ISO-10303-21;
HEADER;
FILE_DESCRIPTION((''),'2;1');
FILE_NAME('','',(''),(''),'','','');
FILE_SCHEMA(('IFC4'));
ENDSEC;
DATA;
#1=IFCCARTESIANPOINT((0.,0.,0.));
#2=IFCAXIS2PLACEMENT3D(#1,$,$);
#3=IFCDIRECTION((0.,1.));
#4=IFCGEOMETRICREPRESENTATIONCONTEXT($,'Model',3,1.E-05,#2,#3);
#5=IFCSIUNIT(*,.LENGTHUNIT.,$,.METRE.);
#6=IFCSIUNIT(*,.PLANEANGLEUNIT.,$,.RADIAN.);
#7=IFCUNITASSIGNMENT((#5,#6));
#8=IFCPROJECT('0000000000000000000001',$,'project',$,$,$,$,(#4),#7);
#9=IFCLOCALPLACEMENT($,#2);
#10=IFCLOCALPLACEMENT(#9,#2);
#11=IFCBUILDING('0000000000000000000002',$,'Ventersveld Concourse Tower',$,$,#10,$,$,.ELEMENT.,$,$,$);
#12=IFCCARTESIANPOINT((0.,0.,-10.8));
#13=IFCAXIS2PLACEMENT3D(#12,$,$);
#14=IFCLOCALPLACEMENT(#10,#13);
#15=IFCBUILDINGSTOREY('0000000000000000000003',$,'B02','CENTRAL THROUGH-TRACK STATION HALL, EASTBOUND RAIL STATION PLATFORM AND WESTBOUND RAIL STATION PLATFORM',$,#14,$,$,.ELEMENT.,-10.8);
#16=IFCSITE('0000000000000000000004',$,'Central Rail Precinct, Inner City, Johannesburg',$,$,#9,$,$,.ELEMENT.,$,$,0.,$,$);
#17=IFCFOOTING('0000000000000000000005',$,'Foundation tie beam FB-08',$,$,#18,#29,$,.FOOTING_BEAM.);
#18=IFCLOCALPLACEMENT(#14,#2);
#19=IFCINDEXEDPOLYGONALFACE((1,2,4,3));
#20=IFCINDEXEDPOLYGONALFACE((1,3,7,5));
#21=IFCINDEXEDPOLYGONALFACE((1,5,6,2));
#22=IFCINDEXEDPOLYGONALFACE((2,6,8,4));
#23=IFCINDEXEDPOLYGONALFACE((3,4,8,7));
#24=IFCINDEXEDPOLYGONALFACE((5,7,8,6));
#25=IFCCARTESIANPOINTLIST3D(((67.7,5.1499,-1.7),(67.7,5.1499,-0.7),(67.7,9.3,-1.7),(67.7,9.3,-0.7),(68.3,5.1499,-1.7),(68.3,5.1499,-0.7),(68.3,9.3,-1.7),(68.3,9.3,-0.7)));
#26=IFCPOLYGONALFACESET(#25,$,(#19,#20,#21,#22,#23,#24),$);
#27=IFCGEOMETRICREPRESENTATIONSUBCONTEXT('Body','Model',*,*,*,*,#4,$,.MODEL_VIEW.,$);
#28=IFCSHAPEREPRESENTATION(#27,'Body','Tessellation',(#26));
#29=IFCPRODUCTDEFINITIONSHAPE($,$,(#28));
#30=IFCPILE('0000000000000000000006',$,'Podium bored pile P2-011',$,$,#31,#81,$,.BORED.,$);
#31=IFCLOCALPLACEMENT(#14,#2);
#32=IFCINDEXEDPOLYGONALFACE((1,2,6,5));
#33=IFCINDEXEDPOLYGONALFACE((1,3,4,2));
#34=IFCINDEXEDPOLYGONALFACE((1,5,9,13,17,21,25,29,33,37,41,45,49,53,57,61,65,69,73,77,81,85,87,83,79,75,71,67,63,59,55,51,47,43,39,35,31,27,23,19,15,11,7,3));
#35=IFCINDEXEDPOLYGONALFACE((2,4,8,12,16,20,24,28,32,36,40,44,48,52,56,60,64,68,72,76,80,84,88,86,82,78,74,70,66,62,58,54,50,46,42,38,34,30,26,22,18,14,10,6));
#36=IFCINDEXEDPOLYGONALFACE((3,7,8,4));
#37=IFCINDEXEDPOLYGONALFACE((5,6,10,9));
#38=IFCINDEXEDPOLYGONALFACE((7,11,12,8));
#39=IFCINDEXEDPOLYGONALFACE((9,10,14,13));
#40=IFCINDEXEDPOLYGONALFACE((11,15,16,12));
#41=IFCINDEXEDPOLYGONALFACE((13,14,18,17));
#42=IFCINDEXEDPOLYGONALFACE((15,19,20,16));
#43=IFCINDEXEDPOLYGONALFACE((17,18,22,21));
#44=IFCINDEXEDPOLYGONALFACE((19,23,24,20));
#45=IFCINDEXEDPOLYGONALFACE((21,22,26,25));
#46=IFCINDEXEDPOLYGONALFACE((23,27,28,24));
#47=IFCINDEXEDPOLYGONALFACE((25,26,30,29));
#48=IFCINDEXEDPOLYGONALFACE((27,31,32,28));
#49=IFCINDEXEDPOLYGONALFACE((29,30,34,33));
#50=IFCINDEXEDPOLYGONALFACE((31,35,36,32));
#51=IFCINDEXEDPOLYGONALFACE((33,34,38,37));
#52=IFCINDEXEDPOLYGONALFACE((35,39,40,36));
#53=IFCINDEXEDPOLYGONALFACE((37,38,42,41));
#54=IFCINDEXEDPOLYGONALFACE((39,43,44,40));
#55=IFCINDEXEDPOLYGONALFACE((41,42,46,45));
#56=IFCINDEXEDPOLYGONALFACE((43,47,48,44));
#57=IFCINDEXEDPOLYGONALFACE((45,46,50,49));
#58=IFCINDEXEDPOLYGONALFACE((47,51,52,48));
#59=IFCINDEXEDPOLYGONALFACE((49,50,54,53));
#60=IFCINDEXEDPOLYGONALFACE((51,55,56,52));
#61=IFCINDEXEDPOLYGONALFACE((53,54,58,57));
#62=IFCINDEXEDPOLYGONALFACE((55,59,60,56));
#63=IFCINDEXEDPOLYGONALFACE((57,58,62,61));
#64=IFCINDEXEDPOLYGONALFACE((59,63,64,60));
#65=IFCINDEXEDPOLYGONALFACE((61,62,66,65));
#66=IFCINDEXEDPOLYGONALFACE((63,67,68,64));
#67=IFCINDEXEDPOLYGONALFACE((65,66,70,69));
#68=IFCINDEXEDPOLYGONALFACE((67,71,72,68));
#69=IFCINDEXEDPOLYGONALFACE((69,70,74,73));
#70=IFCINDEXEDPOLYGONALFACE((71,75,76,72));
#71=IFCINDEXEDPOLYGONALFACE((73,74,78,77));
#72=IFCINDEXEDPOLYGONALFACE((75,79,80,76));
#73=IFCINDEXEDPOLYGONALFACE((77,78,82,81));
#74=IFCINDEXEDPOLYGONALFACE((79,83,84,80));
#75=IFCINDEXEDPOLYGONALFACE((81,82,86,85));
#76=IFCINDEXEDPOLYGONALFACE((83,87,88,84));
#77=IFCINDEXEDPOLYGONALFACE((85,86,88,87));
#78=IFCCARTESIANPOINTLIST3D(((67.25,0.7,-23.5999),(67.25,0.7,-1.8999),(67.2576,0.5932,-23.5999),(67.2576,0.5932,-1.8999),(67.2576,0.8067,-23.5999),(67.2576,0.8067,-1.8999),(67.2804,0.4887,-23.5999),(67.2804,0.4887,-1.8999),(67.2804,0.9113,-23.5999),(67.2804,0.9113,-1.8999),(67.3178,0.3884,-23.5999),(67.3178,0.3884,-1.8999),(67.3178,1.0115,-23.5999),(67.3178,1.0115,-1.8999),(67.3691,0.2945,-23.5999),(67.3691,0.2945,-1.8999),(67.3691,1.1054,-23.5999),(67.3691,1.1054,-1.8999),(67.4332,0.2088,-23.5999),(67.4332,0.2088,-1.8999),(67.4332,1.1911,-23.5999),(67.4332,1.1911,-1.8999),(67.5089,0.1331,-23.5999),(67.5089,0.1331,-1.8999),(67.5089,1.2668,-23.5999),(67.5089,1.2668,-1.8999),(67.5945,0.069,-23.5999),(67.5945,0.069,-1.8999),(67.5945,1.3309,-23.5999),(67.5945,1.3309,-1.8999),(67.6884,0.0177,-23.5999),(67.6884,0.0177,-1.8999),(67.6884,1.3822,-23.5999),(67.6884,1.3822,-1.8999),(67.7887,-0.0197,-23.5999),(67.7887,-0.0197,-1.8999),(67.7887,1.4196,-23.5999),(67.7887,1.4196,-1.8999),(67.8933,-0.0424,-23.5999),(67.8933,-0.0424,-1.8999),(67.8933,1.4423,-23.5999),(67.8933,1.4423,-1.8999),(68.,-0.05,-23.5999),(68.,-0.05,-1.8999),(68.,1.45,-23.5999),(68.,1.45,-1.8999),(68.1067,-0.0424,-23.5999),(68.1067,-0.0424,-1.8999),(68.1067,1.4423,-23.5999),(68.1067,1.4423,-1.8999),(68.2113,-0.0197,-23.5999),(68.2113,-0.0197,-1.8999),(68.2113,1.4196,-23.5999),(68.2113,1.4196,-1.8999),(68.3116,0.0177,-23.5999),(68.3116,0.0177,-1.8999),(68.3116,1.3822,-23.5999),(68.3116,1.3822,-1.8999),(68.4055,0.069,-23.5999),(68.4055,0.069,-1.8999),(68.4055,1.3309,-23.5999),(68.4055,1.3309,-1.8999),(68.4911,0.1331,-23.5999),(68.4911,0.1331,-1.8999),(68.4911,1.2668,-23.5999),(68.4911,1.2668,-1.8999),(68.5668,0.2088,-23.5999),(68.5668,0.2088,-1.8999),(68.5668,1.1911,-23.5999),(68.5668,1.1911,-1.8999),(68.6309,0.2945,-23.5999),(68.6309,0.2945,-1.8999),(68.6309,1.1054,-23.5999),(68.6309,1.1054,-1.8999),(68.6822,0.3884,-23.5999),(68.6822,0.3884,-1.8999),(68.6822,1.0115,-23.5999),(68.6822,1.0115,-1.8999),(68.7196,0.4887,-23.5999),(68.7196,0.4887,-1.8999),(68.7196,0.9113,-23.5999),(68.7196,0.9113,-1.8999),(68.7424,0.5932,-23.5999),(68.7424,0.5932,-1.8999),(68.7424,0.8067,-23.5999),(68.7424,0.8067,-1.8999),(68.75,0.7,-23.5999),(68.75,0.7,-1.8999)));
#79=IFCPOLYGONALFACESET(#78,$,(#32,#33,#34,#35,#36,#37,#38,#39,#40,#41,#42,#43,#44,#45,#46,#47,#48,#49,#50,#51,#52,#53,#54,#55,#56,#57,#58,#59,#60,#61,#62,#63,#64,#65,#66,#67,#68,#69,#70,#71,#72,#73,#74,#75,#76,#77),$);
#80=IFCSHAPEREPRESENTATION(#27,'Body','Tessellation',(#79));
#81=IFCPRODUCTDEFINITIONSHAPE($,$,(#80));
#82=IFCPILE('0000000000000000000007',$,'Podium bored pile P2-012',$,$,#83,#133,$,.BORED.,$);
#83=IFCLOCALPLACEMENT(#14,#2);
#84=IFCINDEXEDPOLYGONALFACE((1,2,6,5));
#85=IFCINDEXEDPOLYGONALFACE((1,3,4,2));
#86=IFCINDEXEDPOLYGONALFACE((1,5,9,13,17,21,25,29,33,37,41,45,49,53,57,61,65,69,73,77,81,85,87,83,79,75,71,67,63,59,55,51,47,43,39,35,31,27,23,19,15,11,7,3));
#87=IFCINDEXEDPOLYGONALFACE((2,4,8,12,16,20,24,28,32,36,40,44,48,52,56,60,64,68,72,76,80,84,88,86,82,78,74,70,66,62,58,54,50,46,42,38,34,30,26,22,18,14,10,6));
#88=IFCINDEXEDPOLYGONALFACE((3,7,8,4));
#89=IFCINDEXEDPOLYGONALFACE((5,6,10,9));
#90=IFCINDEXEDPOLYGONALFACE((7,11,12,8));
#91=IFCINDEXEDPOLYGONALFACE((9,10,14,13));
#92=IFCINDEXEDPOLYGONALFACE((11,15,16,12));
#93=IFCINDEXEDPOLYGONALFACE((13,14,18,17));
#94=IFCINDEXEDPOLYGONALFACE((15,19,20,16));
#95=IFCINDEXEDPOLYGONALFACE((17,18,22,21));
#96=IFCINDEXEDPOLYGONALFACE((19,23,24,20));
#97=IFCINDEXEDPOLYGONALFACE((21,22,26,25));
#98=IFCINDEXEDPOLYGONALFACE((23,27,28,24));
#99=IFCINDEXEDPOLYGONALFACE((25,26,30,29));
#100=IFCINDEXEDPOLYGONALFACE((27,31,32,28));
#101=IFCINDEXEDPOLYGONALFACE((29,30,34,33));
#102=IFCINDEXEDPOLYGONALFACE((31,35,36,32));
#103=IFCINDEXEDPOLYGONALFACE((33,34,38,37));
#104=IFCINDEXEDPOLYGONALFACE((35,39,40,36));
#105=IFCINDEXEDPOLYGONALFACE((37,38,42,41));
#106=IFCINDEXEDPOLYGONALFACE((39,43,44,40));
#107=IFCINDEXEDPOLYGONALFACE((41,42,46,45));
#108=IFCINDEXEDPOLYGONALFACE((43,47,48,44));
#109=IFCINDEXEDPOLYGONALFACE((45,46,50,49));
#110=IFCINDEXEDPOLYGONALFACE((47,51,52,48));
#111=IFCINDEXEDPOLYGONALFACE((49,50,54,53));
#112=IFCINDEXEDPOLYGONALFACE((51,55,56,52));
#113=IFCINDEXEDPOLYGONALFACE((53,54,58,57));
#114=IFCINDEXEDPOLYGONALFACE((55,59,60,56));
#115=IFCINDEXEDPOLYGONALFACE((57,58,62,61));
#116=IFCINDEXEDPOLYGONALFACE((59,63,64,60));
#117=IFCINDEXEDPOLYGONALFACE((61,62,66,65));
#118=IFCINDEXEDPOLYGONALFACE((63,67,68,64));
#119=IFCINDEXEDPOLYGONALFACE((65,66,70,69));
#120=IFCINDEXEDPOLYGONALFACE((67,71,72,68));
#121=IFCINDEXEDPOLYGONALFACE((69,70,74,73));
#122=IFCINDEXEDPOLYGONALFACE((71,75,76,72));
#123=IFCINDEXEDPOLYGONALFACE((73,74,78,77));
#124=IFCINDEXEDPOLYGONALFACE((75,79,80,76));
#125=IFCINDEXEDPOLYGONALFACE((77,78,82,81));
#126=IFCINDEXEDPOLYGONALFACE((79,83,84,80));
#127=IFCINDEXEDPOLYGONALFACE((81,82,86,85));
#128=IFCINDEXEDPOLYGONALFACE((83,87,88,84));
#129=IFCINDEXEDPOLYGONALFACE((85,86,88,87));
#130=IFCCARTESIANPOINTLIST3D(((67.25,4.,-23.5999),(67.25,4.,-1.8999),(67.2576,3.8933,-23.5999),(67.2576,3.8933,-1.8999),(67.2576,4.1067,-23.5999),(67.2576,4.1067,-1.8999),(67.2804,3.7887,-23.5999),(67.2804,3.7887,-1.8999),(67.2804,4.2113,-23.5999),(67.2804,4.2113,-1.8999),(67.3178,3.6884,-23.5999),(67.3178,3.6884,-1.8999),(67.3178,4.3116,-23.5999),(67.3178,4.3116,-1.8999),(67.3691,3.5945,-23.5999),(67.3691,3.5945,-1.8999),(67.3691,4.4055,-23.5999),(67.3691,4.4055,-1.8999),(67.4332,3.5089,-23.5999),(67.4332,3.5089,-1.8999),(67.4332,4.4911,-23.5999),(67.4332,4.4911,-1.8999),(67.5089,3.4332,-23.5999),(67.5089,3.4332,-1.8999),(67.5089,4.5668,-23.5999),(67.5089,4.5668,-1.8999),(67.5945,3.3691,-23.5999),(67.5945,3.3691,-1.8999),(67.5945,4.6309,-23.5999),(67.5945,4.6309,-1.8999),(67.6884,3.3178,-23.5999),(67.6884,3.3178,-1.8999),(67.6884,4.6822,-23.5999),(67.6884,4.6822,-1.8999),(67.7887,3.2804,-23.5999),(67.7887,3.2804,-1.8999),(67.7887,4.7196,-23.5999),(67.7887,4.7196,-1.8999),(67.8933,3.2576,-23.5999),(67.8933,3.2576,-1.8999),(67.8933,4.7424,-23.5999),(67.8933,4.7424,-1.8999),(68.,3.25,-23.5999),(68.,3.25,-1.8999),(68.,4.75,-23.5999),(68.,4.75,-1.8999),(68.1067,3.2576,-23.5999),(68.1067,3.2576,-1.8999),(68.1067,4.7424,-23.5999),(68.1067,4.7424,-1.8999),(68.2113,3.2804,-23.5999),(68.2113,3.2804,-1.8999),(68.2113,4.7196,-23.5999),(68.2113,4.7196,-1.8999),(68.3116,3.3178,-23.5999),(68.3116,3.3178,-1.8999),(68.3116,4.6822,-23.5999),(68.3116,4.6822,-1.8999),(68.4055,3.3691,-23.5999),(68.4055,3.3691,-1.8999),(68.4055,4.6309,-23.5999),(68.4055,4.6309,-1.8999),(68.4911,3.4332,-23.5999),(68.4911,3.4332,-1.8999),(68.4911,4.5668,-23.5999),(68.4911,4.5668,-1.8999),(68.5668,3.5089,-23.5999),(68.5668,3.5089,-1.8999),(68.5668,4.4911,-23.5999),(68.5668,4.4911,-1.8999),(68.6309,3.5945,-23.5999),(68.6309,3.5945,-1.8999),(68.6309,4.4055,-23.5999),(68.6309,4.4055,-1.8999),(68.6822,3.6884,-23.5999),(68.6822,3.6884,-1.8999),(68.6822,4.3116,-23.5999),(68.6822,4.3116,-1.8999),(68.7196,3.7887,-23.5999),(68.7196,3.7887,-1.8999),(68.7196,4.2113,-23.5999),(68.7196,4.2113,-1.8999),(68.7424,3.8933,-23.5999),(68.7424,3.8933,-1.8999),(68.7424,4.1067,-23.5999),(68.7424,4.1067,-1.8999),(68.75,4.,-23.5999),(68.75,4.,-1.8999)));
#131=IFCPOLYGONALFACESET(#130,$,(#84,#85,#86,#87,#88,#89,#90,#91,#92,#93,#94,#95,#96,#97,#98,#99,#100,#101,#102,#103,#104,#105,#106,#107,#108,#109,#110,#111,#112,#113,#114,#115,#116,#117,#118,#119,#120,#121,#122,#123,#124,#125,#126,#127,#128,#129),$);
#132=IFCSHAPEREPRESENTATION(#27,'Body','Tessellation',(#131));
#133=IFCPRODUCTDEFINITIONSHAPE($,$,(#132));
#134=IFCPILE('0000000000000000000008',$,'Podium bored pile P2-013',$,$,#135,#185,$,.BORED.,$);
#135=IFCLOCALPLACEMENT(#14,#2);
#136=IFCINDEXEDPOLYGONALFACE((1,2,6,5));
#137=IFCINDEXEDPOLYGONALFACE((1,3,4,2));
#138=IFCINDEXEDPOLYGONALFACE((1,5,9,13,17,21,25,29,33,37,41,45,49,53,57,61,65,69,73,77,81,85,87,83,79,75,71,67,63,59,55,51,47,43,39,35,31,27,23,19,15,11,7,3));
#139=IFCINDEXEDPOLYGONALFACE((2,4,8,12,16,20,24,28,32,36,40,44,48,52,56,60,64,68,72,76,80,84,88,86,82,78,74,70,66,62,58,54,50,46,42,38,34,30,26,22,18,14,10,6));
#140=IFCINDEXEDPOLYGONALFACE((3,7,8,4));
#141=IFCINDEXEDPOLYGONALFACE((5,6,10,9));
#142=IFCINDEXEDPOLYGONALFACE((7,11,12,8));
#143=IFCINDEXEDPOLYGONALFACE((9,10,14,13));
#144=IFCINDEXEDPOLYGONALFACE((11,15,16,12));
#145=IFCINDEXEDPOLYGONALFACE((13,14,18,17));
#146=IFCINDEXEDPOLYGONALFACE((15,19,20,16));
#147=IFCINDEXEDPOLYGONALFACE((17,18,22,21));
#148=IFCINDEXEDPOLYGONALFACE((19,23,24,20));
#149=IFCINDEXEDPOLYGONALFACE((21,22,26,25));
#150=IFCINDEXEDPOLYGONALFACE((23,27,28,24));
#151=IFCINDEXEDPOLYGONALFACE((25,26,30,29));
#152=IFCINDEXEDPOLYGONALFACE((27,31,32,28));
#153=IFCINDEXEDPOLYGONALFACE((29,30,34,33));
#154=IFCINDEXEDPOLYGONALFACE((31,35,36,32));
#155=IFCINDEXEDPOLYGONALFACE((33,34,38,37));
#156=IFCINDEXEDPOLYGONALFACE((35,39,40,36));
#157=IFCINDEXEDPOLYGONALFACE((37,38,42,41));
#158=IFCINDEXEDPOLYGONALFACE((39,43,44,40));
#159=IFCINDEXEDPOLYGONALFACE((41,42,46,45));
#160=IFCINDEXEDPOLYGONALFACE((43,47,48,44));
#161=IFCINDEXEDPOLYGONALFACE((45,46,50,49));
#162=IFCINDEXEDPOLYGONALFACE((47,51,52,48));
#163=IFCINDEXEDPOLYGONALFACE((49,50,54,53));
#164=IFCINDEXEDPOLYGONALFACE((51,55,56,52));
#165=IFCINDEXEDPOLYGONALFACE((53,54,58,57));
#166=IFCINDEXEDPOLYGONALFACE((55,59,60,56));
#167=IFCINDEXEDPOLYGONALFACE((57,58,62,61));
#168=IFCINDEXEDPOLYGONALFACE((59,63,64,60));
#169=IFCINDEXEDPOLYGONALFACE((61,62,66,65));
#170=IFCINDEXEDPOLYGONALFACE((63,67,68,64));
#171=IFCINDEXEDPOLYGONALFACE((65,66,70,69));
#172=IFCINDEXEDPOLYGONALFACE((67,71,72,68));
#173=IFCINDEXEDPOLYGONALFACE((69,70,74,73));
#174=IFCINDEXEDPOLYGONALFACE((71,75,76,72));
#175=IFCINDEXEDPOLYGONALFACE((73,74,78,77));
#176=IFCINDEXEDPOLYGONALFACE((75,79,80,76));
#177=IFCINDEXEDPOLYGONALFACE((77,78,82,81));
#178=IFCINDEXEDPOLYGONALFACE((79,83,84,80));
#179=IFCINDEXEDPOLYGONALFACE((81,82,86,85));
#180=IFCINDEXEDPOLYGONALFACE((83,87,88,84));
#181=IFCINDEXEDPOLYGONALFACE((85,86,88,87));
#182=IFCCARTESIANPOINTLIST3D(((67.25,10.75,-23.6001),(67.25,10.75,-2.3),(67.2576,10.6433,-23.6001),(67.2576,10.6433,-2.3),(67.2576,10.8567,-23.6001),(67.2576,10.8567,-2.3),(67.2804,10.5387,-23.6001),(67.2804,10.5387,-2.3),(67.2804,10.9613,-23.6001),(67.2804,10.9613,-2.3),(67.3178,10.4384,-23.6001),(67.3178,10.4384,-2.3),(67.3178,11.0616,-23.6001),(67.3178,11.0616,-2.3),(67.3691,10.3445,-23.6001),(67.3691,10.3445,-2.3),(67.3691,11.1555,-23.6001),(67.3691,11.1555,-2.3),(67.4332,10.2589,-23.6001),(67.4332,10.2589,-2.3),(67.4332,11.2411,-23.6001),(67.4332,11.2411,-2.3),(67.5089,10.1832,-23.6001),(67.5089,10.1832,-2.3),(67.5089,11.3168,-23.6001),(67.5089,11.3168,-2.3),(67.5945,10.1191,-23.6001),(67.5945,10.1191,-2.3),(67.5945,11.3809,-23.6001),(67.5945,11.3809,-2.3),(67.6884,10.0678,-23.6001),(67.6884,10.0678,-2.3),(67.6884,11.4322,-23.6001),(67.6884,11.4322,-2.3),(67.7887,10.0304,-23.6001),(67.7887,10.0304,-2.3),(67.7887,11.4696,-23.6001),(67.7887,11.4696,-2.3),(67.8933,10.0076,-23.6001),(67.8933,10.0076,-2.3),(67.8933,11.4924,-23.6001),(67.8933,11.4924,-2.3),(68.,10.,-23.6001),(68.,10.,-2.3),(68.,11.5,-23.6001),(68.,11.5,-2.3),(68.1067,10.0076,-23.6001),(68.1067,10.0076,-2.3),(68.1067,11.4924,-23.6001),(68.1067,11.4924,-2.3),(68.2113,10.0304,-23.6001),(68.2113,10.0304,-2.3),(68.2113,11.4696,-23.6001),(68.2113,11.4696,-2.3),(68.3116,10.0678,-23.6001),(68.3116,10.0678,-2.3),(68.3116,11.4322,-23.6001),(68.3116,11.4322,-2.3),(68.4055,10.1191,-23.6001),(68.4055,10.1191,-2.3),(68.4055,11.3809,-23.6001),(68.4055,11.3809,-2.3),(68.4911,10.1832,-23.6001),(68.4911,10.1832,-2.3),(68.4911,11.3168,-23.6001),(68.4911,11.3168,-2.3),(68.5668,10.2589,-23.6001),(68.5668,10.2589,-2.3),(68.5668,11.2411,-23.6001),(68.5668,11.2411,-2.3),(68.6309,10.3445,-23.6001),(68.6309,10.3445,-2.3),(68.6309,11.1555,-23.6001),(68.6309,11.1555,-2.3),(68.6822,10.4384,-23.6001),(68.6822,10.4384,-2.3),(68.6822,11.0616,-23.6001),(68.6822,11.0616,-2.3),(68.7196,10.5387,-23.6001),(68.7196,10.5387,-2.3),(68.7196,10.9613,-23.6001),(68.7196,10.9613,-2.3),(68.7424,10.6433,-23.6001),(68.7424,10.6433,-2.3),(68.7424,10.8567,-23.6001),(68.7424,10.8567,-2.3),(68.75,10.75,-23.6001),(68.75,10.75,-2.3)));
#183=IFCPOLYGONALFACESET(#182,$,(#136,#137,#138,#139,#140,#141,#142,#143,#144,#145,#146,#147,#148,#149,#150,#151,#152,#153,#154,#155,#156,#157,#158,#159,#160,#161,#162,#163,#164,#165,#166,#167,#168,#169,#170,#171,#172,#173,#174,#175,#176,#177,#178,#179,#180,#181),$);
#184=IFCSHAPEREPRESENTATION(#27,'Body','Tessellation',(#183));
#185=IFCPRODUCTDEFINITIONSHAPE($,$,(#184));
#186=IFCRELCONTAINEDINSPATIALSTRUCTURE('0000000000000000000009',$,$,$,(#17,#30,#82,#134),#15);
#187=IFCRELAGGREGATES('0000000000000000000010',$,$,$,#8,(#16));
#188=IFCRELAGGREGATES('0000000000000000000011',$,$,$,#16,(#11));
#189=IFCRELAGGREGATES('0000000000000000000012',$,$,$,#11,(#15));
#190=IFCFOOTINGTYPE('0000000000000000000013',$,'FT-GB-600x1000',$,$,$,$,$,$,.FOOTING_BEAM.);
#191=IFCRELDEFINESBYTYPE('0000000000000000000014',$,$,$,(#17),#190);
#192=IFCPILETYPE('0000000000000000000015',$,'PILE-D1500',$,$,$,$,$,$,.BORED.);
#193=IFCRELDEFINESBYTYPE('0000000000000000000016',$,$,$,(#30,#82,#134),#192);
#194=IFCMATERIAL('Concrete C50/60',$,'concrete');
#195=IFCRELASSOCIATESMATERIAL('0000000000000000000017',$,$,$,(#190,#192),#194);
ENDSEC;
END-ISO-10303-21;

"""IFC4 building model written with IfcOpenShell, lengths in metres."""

from ifc_helpers import new_model, si_unit, direction, frame, origin, origin_2d, place, context, subcontext, project, spatial, rectangle, circle, extrude, material, material_profile, profile_set, type_object, element, save


model = new_model("IFC4")

# Units and contexts
model_context = context("Model", 3, precision=1e-05, world=origin(), true_north=direction((0.0, 1.0)))
body_context = subcontext(model_context, "Body", "Model", "MODEL_VIEW")
ifc_project = project(units=[si_unit("LENGTHUNIT", "METRE"), si_unit("PLANEANGLEUNIT", "RADIAN")], contexts=[model_context])

# Site, building, storey
site_placement = place(None, origin())
site = spatial("IfcSite", under=ifc_project, at=site_placement, Name="Central Rail Precinct, Inner City, Johannesburg", CompositionType="ELEMENT", RefElevation=0.0)
building_placement = place(site_placement, origin())
building = spatial("IfcBuilding", under=site, at=building_placement, Name="Ventersveld Concourse Tower", CompositionType="ELEMENT")
storey_placement = place(building_placement, frame((0.0, 0.0, -10.8)))
storey = spatial("IfcBuildingStorey", under=building, at=storey_placement, Name="B02", Description="CENTRAL THROUGH-TRACK STATION HALL, EASTBOUND RAIL STATION PLATFORM AND WESTBOUND RAIL STATION PLATFORM", CompositionType="ELEMENT", Elevation=-10.8)

# Footing
ifc_material_1 = material(Name="Concrete C50/60", Category="concrete")
ifc_material_profile_1 = material_profile(ifc_material_1, rectangle(XDim=0.6001, YDim=1.0, at=origin_2d()), Name="GB 600x1000")
ifc_profile_set_1 = profile_set([ifc_material_profile_1], Name="Concrete C50/60")
footing_type = type_object("IfcFootingType", Name="FT-GB-600x1000", PredefinedType="FOOTING_BEAM", material=ifc_profile_set_1)
footing_placement = place(storey_placement, frame((68.0, 5.1499, -1.2), z_axis=(0.0, 1.0, 0.0), x_axis=(-1.0, 0.0, 0.0)))
element("IfcFooting", 1, at=footing_placement, inside=storey, type_object=footing_type, Name="Foundation tie beam FB-08", PredefinedType="FOOTING_BEAM", context=body_context, shape_type="SweptSolid", body=[
    extrude(rectangle(XDim=0.6001, YDim=1.0, at=origin_2d()), origin(), (0.0, 0.0, 1.0), 4.1501),
])

# Piles
ifc_material_profile_2 = material_profile(ifc_material_1, circle(Radius=0.75, at=origin_2d()), Name="PILE D1500")
ifc_profile_set_2 = profile_set([ifc_material_profile_2], Name="Concrete C50/60")
pile_type_1 = type_object("IfcPileType", Name="PILE-D1500", PredefinedType="BORED", material=ifc_profile_set_2)
for number, where, z_axis, x_axis, name in (
    (2, (68.0, 0.7, -1.8999), (0.0, 0.0, -1.0), (1.0, 0.0, 0.0), "Podium bored pile P2-011"),
    (3, (68.0, 4.0, -1.8999), (0.0, 0.0, -1.0), (1.0, 0.0, 0.0), "Podium bored pile P2-012"),
):
    element("IfcPile", number, at=place(storey_placement, frame(where, z_axis=z_axis, x_axis=x_axis)), inside=storey, type_object=pile_type_1, Name=name, PredefinedType="BORED", context=body_context, shape_type="SweptSolid", body=[
        extrude(circle(Radius=0.75, at=origin_2d()), origin(), (0.0, 0.0, 1.0), 21.7),
    ])
pile_placement = place(storey_placement, frame((68.0, 10.75, -2.3), z_axis=(0.0, 0.0, -1.0), x_axis=(1.0, 0.0, 0.0)))
element("IfcPile", 4, at=pile_placement, inside=storey, type_object=pile_type_1, Name="Podium bored pile P2-013", PredefinedType="BORED", context=body_context, shape_type="SweptSolid", body=[
    extrude(circle(Radius=0.75, at=origin_2d()), origin(), (0.0, 0.0, 1.0), 21.3),
])

save(model, "model.ifc")
